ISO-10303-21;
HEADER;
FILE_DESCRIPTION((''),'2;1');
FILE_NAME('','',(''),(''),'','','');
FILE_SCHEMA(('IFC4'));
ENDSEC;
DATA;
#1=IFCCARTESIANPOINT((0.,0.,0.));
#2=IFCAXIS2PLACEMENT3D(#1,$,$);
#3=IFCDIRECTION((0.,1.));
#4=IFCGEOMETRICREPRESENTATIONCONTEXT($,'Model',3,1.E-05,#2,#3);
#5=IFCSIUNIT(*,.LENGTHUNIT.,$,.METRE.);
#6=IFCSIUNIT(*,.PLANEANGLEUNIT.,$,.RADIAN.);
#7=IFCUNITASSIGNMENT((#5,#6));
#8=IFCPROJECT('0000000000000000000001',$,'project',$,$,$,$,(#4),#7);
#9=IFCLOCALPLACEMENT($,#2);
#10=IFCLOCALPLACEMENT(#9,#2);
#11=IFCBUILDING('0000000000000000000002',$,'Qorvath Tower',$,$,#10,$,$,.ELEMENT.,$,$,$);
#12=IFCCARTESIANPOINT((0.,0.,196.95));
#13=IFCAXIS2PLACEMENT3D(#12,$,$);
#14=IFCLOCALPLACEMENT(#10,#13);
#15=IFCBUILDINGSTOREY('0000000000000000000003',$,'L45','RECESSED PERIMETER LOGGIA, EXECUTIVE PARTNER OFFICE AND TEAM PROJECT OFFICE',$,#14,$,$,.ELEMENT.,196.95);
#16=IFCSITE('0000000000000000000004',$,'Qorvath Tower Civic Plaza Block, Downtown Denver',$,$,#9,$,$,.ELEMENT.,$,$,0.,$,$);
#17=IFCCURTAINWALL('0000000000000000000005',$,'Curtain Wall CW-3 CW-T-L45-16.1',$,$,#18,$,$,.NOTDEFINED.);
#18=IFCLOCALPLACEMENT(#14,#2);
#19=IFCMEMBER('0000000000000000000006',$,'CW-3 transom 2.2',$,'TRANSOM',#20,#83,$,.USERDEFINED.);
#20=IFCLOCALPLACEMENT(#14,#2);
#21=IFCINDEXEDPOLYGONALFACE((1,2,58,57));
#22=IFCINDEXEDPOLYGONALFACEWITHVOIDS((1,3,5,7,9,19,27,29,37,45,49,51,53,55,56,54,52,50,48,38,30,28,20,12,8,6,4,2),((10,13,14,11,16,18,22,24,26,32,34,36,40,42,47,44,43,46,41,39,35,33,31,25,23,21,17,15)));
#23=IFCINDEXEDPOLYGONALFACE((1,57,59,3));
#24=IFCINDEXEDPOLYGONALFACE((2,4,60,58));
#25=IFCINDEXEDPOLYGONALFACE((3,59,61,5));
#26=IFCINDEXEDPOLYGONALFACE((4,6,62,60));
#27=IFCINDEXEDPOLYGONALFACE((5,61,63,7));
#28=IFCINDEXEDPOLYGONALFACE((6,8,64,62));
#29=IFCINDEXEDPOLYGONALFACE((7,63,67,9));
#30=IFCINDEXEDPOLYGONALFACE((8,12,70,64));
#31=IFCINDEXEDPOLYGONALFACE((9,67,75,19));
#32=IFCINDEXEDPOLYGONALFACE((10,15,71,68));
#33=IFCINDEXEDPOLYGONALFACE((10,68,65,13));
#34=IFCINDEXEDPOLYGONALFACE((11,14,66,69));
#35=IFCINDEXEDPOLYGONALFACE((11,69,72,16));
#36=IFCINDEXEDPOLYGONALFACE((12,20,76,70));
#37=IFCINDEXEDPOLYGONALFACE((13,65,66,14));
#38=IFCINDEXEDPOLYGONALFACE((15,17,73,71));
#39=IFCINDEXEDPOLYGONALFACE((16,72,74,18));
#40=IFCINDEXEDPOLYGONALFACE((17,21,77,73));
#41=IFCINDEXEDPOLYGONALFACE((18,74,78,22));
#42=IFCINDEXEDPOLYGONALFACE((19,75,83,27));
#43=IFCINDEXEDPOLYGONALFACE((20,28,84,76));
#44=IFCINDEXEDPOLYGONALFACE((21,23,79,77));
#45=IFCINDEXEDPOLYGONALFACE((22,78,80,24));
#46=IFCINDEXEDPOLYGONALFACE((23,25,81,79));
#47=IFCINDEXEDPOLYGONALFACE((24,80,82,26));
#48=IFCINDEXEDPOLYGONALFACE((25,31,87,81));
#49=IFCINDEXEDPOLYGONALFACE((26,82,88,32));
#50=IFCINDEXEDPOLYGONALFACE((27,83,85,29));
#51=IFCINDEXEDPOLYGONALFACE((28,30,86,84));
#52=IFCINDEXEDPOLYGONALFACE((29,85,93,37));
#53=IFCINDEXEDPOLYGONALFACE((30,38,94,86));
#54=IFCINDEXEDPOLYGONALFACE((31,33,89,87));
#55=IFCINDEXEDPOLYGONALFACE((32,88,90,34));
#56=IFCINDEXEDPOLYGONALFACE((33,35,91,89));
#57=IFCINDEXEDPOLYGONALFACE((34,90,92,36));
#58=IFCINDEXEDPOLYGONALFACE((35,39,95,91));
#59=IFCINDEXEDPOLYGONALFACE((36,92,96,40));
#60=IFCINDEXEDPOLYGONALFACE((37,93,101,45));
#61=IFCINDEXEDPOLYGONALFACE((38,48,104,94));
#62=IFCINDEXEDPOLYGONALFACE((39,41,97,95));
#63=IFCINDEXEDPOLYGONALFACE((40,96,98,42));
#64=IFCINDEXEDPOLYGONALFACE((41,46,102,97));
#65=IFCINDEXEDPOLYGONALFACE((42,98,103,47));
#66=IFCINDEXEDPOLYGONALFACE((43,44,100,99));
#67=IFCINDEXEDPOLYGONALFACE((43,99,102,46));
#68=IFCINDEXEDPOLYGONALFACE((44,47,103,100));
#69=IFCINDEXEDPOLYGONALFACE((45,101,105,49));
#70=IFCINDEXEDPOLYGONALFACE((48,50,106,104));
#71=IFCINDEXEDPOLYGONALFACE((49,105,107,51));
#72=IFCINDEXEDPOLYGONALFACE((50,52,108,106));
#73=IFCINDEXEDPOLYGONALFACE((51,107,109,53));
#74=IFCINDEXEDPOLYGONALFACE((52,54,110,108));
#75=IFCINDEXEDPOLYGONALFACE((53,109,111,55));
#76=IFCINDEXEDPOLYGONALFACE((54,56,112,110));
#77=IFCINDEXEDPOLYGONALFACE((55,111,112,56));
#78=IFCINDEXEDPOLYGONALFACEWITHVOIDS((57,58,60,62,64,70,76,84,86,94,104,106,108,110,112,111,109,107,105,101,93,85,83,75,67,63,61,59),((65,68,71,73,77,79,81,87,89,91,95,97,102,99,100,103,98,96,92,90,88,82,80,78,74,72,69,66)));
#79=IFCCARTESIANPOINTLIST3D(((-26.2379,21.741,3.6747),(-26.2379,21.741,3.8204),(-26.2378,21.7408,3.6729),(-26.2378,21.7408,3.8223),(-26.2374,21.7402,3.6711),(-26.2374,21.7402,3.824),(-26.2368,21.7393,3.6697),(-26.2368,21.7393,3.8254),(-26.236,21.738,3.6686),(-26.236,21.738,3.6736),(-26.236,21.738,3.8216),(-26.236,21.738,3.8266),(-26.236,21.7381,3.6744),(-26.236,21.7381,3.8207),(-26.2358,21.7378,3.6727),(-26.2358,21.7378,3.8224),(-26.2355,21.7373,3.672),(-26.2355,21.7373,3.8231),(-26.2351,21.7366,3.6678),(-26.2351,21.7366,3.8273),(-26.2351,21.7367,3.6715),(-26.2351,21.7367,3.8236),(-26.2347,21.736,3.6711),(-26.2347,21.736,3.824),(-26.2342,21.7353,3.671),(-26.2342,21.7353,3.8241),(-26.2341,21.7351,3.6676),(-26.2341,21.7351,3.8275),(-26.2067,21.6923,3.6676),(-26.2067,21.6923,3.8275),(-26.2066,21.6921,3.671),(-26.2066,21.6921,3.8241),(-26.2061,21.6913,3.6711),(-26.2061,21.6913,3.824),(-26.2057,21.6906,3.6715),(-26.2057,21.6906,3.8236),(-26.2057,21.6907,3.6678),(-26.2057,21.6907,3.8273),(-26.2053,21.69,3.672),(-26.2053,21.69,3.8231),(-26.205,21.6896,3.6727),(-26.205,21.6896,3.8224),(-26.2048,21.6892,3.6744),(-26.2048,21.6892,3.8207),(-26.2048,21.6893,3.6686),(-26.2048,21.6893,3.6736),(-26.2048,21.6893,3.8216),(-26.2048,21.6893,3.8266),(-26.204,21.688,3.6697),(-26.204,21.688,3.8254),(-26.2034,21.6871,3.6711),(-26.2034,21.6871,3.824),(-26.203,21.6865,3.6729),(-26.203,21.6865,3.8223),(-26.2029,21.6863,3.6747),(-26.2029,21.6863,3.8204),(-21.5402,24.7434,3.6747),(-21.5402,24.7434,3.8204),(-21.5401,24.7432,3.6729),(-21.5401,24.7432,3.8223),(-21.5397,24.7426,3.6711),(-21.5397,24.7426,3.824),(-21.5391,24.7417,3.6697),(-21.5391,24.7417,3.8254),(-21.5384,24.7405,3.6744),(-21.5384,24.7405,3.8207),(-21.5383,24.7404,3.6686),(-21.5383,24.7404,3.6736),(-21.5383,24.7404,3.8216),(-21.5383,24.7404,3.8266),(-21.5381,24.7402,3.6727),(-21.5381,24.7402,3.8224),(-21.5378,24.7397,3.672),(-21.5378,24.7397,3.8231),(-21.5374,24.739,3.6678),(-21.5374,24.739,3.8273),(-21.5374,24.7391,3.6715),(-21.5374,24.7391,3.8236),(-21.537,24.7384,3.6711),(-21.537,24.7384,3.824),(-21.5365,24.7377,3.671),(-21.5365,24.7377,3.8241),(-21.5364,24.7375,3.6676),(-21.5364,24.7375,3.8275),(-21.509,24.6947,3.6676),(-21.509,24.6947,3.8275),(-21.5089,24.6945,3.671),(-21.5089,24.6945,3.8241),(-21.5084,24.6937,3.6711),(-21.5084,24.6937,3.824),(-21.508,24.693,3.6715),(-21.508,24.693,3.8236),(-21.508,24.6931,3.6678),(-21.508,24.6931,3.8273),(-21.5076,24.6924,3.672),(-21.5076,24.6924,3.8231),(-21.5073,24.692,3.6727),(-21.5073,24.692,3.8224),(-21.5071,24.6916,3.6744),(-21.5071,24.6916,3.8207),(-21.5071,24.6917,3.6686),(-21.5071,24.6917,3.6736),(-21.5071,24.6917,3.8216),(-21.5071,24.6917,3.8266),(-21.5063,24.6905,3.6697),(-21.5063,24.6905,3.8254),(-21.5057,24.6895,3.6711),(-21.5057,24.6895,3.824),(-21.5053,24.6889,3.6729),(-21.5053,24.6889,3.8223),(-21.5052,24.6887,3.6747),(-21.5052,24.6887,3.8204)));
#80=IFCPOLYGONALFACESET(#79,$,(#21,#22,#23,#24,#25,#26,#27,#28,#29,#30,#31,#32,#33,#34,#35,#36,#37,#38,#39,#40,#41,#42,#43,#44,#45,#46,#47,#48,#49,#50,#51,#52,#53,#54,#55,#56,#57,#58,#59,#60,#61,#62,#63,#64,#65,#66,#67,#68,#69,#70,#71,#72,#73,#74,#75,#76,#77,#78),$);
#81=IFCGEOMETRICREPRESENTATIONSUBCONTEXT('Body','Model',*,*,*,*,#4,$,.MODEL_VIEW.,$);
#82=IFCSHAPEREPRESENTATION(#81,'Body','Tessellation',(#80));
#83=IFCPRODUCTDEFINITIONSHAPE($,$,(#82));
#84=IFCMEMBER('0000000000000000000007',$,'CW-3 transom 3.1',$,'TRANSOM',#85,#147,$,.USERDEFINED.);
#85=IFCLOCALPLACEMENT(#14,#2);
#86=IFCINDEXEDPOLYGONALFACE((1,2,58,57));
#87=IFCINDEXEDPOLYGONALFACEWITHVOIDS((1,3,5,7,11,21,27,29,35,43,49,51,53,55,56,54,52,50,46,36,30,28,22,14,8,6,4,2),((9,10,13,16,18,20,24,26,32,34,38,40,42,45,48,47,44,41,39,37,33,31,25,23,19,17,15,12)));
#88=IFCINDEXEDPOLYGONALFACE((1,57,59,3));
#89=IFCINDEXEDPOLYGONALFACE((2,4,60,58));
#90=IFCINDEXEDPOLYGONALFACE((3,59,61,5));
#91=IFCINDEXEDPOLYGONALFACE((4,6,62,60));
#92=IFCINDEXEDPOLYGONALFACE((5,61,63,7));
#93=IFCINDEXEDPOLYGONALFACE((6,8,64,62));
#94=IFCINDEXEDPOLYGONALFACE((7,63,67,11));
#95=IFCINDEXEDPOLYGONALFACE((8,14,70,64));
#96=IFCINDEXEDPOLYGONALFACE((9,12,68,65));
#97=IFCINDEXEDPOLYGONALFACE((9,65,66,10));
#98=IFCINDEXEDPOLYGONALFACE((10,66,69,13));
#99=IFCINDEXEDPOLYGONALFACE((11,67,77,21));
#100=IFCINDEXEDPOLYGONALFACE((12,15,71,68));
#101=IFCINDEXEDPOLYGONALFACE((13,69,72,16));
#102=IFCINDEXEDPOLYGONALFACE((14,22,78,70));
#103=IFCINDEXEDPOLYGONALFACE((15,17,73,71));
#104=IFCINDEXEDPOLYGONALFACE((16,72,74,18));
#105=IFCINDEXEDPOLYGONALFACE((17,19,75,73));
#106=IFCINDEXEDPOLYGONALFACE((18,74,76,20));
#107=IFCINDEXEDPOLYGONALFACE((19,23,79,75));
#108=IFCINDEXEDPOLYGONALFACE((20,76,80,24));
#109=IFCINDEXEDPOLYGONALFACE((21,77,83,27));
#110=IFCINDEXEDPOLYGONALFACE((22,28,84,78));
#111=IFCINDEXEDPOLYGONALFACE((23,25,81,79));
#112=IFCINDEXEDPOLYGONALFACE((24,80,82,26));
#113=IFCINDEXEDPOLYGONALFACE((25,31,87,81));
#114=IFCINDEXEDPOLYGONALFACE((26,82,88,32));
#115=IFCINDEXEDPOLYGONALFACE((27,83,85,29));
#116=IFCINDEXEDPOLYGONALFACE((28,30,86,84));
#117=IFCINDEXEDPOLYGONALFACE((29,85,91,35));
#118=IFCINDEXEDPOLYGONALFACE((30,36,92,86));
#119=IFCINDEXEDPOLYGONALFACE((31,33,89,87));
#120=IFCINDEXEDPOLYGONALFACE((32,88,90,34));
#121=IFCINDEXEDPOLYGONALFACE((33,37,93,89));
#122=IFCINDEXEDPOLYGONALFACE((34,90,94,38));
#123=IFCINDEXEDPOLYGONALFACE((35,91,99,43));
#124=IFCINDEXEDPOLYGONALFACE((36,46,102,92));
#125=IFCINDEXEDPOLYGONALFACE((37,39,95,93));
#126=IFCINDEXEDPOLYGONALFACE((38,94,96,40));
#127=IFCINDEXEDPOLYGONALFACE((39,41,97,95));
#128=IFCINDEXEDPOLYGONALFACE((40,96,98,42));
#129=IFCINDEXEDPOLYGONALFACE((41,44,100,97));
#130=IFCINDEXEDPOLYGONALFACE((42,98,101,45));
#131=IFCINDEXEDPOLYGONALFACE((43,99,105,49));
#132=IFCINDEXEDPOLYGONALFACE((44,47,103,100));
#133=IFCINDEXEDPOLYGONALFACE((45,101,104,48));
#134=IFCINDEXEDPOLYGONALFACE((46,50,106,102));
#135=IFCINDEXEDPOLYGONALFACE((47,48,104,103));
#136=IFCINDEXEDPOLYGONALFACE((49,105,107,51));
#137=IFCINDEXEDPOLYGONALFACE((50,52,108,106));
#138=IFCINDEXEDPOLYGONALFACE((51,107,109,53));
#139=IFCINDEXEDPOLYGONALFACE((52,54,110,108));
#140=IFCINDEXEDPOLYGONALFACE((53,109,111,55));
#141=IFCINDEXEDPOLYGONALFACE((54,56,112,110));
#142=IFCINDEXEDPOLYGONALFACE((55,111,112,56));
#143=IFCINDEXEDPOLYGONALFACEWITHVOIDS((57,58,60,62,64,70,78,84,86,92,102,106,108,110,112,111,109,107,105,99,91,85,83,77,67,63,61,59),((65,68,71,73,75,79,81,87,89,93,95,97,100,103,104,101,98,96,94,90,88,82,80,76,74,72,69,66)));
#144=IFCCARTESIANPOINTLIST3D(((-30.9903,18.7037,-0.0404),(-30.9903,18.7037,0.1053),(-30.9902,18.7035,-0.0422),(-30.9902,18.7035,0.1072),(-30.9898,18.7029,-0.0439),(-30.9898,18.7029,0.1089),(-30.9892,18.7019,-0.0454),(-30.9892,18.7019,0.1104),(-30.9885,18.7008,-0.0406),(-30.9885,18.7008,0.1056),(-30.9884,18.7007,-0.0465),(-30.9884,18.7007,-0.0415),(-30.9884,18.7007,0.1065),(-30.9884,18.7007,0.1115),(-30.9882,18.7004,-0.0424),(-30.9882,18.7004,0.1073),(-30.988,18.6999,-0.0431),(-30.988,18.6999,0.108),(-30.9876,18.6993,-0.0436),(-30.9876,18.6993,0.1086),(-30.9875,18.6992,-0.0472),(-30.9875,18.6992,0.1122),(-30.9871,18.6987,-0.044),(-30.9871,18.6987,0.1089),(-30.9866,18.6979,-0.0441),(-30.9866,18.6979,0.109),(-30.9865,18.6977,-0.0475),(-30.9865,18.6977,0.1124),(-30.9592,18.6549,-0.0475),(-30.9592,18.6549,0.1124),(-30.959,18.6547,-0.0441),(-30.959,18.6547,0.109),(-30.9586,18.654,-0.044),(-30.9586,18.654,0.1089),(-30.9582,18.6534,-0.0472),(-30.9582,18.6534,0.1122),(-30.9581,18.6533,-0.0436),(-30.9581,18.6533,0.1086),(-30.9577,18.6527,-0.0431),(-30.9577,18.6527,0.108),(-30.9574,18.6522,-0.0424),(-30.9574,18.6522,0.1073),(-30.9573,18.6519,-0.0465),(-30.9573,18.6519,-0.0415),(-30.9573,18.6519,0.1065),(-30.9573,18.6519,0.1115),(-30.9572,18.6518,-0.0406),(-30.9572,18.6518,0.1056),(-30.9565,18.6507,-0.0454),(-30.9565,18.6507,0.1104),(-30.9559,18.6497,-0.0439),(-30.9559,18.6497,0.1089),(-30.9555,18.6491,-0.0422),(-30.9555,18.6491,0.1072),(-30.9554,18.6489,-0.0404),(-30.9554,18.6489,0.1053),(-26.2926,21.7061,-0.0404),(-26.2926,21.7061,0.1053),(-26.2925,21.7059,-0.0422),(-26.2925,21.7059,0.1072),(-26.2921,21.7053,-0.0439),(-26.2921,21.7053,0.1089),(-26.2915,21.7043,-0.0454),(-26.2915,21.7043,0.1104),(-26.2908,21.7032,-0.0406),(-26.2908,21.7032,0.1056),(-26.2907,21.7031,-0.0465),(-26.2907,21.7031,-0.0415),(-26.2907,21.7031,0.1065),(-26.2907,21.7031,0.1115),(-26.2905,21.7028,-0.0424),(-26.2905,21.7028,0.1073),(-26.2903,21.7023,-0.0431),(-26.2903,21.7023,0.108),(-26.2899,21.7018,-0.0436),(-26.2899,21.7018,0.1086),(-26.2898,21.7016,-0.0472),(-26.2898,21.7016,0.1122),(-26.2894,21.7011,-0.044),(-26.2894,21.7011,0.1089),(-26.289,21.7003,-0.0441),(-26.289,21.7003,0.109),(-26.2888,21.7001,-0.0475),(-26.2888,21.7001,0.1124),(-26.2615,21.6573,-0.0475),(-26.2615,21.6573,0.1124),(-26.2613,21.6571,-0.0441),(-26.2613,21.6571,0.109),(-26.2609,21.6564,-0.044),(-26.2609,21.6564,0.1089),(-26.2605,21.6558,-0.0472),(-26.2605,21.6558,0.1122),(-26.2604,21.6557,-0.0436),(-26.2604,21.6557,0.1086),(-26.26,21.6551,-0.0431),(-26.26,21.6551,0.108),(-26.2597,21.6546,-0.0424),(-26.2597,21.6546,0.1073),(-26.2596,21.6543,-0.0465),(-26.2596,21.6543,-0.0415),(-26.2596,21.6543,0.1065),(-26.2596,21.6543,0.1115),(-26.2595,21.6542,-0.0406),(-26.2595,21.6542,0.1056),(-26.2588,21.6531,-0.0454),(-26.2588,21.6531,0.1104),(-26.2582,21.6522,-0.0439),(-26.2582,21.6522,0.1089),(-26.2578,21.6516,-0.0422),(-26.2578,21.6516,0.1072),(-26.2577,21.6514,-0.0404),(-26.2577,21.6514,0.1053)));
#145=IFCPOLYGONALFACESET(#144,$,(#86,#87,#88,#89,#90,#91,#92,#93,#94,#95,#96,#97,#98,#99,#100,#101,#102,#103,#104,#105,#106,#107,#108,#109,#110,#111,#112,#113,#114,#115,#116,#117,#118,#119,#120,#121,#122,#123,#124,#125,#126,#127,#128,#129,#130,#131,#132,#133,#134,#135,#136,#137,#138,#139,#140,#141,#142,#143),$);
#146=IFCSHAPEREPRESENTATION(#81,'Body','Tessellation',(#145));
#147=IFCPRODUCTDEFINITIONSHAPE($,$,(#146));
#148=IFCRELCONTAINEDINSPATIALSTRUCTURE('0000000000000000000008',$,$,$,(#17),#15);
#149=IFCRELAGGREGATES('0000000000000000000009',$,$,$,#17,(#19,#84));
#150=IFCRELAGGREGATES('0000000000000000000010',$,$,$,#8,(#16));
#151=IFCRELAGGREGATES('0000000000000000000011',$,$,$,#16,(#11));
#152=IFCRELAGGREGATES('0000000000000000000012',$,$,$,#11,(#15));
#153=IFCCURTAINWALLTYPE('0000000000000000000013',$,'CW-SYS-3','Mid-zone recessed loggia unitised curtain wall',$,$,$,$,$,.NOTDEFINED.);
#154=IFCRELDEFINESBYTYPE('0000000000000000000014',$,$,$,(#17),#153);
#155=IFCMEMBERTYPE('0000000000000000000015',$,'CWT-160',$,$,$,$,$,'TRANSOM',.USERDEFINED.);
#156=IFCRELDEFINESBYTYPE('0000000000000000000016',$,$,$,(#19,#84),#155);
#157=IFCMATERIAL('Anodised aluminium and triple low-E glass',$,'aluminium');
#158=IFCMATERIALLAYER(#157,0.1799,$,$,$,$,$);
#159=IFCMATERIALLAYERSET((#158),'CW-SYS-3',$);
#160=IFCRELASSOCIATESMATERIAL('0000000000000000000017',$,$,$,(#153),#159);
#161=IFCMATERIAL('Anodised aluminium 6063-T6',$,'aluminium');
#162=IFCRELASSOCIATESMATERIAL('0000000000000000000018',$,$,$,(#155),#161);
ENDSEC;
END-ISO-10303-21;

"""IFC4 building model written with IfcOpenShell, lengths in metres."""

from ifc_helpers import new_model, si_unit, direction, frame, origin, origin_2d, place, context, subcontext, project, spatial, hollow_rectangle, extrude, material, layer, layer_set, material_profile, profile_set, type_object, element, aggregate, save


model = new_model("IFC4")

# Units and contexts
model_context = context("Model", 3, precision=1e-05, world=origin(), true_north=direction((0.0, 1.0)))
body_context = subcontext(model_context, "Body", "Model", "MODEL_VIEW")
ifc_project = project(units=[si_unit("LENGTHUNIT", "METRE"), si_unit("PLANEANGLEUNIT", "RADIAN")], contexts=[model_context])

# Site, building, storey
site_placement = place(None, origin())
site = spatial("IfcSite", under=ifc_project, at=site_placement, Name="Qorvath Tower Civic Plaza Block, Downtown Denver", CompositionType="ELEMENT", RefElevation=0.0)
building_placement = place(site_placement, origin())
building = spatial("IfcBuilding", under=site, at=building_placement, Name="Qorvath Tower", CompositionType="ELEMENT")
storey_placement = place(building_placement, frame((0.0, 0.0, 196.95)))
storey = spatial("IfcBuildingStorey", under=building, at=storey_placement, Name="L45", Description="RECESSED PERIMETER LOGGIA, EXECUTIVE PARTNER OFFICE AND TEAM PROJECT OFFICE", CompositionType="ELEMENT", Elevation=196.95)

# Curtain wall, members
ifc_material_1 = material(Name="Anodised aluminium and triple low-E glass", Category="aluminium")
ifc_layer_1 = layer(ifc_material_1, 0.1799)
ifc_layer_set_1 = layer_set([ifc_layer_1], Name="CW-SYS-3")
curtain_wall_type = type_object("IfcCurtainWallType", Name="CW-SYS-3", Description="Mid-zone recessed loggia unitised curtain wall", PredefinedType="NOTDEFINED", material=ifc_layer_set_1)
curtain_wall_placement = place(storey_placement, origin())
curtain_wall = element("IfcCurtainWall", 1, at=curtain_wall_placement, inside=storey, type_object=curtain_wall_type, Name="Curtain Wall CW-3 CW-T-L45-16.1", PredefinedType="NOTDEFINED")
ifc_material_2 = material(Name="Anodised aluminium 6063-T6", Category="aluminium")
ifc_material_profile_1 = material_profile(ifc_material_2, hollow_rectangle(XDim=0.0649, YDim=0.1599, WallThickness=0.0034, InnerFilletRadius=0.0034, OuterFilletRadius=0.0071, at=origin_2d()), Name="CWT 160x65")
ifc_profile_set_1 = profile_set([ifc_material_profile_1], Name="Anodised aluminium 6063-T6")
member_type_1 = type_object("IfcMemberType", Name="CWT-160", ElementType="TRANSOM", PredefinedType="USERDEFINED", material=ifc_profile_set_1)
member_1_placement = place(storey_placement, frame((-21.5227, 24.7161, 3.7476), z_axis=(-0.842607, -0.538529, 0.0), x_axis=(0.538529, -0.842607, 0.0)))
member_1 = element("IfcMember", 2, at=member_1_placement, type_object=member_type_1, Name="CW-3 transom 2.2", ObjectType="TRANSOM", PredefinedType="USERDEFINED", context=body_context, shape_type="SweptSolid", body=[
    extrude(hollow_rectangle(XDim=0.0649, YDim=0.1599, WallThickness=0.0034, InnerFilletRadius=0.0034, OuterFilletRadius=0.0071, at=origin_2d()), origin(), (0.0, 0.0, 1.0), 5.5752),
])
member_2_placement = place(storey_placement, frame((-26.2751, 21.6787, 0.0325), z_axis=(-0.842607, -0.538529, 0.0), x_axis=(0.538529, -0.842607, 0.0)))
member_2 = element("IfcMember", 3, at=member_2_placement, type_object=member_type_1, Name="CW-3 transom 3.1", ObjectType="TRANSOM", PredefinedType="USERDEFINED", context=body_context, shape_type="SweptSolid", body=[
    extrude(hollow_rectangle(XDim=0.0649, YDim=0.1599, WallThickness=0.0034, InnerFilletRadius=0.0034, OuterFilletRadius=0.0071, at=origin_2d()), origin(), (0.0, 0.0, 1.0), 5.5752),
])
aggregate(curtain_wall, [member_1, member_2])

save(model, "model.ifc")
